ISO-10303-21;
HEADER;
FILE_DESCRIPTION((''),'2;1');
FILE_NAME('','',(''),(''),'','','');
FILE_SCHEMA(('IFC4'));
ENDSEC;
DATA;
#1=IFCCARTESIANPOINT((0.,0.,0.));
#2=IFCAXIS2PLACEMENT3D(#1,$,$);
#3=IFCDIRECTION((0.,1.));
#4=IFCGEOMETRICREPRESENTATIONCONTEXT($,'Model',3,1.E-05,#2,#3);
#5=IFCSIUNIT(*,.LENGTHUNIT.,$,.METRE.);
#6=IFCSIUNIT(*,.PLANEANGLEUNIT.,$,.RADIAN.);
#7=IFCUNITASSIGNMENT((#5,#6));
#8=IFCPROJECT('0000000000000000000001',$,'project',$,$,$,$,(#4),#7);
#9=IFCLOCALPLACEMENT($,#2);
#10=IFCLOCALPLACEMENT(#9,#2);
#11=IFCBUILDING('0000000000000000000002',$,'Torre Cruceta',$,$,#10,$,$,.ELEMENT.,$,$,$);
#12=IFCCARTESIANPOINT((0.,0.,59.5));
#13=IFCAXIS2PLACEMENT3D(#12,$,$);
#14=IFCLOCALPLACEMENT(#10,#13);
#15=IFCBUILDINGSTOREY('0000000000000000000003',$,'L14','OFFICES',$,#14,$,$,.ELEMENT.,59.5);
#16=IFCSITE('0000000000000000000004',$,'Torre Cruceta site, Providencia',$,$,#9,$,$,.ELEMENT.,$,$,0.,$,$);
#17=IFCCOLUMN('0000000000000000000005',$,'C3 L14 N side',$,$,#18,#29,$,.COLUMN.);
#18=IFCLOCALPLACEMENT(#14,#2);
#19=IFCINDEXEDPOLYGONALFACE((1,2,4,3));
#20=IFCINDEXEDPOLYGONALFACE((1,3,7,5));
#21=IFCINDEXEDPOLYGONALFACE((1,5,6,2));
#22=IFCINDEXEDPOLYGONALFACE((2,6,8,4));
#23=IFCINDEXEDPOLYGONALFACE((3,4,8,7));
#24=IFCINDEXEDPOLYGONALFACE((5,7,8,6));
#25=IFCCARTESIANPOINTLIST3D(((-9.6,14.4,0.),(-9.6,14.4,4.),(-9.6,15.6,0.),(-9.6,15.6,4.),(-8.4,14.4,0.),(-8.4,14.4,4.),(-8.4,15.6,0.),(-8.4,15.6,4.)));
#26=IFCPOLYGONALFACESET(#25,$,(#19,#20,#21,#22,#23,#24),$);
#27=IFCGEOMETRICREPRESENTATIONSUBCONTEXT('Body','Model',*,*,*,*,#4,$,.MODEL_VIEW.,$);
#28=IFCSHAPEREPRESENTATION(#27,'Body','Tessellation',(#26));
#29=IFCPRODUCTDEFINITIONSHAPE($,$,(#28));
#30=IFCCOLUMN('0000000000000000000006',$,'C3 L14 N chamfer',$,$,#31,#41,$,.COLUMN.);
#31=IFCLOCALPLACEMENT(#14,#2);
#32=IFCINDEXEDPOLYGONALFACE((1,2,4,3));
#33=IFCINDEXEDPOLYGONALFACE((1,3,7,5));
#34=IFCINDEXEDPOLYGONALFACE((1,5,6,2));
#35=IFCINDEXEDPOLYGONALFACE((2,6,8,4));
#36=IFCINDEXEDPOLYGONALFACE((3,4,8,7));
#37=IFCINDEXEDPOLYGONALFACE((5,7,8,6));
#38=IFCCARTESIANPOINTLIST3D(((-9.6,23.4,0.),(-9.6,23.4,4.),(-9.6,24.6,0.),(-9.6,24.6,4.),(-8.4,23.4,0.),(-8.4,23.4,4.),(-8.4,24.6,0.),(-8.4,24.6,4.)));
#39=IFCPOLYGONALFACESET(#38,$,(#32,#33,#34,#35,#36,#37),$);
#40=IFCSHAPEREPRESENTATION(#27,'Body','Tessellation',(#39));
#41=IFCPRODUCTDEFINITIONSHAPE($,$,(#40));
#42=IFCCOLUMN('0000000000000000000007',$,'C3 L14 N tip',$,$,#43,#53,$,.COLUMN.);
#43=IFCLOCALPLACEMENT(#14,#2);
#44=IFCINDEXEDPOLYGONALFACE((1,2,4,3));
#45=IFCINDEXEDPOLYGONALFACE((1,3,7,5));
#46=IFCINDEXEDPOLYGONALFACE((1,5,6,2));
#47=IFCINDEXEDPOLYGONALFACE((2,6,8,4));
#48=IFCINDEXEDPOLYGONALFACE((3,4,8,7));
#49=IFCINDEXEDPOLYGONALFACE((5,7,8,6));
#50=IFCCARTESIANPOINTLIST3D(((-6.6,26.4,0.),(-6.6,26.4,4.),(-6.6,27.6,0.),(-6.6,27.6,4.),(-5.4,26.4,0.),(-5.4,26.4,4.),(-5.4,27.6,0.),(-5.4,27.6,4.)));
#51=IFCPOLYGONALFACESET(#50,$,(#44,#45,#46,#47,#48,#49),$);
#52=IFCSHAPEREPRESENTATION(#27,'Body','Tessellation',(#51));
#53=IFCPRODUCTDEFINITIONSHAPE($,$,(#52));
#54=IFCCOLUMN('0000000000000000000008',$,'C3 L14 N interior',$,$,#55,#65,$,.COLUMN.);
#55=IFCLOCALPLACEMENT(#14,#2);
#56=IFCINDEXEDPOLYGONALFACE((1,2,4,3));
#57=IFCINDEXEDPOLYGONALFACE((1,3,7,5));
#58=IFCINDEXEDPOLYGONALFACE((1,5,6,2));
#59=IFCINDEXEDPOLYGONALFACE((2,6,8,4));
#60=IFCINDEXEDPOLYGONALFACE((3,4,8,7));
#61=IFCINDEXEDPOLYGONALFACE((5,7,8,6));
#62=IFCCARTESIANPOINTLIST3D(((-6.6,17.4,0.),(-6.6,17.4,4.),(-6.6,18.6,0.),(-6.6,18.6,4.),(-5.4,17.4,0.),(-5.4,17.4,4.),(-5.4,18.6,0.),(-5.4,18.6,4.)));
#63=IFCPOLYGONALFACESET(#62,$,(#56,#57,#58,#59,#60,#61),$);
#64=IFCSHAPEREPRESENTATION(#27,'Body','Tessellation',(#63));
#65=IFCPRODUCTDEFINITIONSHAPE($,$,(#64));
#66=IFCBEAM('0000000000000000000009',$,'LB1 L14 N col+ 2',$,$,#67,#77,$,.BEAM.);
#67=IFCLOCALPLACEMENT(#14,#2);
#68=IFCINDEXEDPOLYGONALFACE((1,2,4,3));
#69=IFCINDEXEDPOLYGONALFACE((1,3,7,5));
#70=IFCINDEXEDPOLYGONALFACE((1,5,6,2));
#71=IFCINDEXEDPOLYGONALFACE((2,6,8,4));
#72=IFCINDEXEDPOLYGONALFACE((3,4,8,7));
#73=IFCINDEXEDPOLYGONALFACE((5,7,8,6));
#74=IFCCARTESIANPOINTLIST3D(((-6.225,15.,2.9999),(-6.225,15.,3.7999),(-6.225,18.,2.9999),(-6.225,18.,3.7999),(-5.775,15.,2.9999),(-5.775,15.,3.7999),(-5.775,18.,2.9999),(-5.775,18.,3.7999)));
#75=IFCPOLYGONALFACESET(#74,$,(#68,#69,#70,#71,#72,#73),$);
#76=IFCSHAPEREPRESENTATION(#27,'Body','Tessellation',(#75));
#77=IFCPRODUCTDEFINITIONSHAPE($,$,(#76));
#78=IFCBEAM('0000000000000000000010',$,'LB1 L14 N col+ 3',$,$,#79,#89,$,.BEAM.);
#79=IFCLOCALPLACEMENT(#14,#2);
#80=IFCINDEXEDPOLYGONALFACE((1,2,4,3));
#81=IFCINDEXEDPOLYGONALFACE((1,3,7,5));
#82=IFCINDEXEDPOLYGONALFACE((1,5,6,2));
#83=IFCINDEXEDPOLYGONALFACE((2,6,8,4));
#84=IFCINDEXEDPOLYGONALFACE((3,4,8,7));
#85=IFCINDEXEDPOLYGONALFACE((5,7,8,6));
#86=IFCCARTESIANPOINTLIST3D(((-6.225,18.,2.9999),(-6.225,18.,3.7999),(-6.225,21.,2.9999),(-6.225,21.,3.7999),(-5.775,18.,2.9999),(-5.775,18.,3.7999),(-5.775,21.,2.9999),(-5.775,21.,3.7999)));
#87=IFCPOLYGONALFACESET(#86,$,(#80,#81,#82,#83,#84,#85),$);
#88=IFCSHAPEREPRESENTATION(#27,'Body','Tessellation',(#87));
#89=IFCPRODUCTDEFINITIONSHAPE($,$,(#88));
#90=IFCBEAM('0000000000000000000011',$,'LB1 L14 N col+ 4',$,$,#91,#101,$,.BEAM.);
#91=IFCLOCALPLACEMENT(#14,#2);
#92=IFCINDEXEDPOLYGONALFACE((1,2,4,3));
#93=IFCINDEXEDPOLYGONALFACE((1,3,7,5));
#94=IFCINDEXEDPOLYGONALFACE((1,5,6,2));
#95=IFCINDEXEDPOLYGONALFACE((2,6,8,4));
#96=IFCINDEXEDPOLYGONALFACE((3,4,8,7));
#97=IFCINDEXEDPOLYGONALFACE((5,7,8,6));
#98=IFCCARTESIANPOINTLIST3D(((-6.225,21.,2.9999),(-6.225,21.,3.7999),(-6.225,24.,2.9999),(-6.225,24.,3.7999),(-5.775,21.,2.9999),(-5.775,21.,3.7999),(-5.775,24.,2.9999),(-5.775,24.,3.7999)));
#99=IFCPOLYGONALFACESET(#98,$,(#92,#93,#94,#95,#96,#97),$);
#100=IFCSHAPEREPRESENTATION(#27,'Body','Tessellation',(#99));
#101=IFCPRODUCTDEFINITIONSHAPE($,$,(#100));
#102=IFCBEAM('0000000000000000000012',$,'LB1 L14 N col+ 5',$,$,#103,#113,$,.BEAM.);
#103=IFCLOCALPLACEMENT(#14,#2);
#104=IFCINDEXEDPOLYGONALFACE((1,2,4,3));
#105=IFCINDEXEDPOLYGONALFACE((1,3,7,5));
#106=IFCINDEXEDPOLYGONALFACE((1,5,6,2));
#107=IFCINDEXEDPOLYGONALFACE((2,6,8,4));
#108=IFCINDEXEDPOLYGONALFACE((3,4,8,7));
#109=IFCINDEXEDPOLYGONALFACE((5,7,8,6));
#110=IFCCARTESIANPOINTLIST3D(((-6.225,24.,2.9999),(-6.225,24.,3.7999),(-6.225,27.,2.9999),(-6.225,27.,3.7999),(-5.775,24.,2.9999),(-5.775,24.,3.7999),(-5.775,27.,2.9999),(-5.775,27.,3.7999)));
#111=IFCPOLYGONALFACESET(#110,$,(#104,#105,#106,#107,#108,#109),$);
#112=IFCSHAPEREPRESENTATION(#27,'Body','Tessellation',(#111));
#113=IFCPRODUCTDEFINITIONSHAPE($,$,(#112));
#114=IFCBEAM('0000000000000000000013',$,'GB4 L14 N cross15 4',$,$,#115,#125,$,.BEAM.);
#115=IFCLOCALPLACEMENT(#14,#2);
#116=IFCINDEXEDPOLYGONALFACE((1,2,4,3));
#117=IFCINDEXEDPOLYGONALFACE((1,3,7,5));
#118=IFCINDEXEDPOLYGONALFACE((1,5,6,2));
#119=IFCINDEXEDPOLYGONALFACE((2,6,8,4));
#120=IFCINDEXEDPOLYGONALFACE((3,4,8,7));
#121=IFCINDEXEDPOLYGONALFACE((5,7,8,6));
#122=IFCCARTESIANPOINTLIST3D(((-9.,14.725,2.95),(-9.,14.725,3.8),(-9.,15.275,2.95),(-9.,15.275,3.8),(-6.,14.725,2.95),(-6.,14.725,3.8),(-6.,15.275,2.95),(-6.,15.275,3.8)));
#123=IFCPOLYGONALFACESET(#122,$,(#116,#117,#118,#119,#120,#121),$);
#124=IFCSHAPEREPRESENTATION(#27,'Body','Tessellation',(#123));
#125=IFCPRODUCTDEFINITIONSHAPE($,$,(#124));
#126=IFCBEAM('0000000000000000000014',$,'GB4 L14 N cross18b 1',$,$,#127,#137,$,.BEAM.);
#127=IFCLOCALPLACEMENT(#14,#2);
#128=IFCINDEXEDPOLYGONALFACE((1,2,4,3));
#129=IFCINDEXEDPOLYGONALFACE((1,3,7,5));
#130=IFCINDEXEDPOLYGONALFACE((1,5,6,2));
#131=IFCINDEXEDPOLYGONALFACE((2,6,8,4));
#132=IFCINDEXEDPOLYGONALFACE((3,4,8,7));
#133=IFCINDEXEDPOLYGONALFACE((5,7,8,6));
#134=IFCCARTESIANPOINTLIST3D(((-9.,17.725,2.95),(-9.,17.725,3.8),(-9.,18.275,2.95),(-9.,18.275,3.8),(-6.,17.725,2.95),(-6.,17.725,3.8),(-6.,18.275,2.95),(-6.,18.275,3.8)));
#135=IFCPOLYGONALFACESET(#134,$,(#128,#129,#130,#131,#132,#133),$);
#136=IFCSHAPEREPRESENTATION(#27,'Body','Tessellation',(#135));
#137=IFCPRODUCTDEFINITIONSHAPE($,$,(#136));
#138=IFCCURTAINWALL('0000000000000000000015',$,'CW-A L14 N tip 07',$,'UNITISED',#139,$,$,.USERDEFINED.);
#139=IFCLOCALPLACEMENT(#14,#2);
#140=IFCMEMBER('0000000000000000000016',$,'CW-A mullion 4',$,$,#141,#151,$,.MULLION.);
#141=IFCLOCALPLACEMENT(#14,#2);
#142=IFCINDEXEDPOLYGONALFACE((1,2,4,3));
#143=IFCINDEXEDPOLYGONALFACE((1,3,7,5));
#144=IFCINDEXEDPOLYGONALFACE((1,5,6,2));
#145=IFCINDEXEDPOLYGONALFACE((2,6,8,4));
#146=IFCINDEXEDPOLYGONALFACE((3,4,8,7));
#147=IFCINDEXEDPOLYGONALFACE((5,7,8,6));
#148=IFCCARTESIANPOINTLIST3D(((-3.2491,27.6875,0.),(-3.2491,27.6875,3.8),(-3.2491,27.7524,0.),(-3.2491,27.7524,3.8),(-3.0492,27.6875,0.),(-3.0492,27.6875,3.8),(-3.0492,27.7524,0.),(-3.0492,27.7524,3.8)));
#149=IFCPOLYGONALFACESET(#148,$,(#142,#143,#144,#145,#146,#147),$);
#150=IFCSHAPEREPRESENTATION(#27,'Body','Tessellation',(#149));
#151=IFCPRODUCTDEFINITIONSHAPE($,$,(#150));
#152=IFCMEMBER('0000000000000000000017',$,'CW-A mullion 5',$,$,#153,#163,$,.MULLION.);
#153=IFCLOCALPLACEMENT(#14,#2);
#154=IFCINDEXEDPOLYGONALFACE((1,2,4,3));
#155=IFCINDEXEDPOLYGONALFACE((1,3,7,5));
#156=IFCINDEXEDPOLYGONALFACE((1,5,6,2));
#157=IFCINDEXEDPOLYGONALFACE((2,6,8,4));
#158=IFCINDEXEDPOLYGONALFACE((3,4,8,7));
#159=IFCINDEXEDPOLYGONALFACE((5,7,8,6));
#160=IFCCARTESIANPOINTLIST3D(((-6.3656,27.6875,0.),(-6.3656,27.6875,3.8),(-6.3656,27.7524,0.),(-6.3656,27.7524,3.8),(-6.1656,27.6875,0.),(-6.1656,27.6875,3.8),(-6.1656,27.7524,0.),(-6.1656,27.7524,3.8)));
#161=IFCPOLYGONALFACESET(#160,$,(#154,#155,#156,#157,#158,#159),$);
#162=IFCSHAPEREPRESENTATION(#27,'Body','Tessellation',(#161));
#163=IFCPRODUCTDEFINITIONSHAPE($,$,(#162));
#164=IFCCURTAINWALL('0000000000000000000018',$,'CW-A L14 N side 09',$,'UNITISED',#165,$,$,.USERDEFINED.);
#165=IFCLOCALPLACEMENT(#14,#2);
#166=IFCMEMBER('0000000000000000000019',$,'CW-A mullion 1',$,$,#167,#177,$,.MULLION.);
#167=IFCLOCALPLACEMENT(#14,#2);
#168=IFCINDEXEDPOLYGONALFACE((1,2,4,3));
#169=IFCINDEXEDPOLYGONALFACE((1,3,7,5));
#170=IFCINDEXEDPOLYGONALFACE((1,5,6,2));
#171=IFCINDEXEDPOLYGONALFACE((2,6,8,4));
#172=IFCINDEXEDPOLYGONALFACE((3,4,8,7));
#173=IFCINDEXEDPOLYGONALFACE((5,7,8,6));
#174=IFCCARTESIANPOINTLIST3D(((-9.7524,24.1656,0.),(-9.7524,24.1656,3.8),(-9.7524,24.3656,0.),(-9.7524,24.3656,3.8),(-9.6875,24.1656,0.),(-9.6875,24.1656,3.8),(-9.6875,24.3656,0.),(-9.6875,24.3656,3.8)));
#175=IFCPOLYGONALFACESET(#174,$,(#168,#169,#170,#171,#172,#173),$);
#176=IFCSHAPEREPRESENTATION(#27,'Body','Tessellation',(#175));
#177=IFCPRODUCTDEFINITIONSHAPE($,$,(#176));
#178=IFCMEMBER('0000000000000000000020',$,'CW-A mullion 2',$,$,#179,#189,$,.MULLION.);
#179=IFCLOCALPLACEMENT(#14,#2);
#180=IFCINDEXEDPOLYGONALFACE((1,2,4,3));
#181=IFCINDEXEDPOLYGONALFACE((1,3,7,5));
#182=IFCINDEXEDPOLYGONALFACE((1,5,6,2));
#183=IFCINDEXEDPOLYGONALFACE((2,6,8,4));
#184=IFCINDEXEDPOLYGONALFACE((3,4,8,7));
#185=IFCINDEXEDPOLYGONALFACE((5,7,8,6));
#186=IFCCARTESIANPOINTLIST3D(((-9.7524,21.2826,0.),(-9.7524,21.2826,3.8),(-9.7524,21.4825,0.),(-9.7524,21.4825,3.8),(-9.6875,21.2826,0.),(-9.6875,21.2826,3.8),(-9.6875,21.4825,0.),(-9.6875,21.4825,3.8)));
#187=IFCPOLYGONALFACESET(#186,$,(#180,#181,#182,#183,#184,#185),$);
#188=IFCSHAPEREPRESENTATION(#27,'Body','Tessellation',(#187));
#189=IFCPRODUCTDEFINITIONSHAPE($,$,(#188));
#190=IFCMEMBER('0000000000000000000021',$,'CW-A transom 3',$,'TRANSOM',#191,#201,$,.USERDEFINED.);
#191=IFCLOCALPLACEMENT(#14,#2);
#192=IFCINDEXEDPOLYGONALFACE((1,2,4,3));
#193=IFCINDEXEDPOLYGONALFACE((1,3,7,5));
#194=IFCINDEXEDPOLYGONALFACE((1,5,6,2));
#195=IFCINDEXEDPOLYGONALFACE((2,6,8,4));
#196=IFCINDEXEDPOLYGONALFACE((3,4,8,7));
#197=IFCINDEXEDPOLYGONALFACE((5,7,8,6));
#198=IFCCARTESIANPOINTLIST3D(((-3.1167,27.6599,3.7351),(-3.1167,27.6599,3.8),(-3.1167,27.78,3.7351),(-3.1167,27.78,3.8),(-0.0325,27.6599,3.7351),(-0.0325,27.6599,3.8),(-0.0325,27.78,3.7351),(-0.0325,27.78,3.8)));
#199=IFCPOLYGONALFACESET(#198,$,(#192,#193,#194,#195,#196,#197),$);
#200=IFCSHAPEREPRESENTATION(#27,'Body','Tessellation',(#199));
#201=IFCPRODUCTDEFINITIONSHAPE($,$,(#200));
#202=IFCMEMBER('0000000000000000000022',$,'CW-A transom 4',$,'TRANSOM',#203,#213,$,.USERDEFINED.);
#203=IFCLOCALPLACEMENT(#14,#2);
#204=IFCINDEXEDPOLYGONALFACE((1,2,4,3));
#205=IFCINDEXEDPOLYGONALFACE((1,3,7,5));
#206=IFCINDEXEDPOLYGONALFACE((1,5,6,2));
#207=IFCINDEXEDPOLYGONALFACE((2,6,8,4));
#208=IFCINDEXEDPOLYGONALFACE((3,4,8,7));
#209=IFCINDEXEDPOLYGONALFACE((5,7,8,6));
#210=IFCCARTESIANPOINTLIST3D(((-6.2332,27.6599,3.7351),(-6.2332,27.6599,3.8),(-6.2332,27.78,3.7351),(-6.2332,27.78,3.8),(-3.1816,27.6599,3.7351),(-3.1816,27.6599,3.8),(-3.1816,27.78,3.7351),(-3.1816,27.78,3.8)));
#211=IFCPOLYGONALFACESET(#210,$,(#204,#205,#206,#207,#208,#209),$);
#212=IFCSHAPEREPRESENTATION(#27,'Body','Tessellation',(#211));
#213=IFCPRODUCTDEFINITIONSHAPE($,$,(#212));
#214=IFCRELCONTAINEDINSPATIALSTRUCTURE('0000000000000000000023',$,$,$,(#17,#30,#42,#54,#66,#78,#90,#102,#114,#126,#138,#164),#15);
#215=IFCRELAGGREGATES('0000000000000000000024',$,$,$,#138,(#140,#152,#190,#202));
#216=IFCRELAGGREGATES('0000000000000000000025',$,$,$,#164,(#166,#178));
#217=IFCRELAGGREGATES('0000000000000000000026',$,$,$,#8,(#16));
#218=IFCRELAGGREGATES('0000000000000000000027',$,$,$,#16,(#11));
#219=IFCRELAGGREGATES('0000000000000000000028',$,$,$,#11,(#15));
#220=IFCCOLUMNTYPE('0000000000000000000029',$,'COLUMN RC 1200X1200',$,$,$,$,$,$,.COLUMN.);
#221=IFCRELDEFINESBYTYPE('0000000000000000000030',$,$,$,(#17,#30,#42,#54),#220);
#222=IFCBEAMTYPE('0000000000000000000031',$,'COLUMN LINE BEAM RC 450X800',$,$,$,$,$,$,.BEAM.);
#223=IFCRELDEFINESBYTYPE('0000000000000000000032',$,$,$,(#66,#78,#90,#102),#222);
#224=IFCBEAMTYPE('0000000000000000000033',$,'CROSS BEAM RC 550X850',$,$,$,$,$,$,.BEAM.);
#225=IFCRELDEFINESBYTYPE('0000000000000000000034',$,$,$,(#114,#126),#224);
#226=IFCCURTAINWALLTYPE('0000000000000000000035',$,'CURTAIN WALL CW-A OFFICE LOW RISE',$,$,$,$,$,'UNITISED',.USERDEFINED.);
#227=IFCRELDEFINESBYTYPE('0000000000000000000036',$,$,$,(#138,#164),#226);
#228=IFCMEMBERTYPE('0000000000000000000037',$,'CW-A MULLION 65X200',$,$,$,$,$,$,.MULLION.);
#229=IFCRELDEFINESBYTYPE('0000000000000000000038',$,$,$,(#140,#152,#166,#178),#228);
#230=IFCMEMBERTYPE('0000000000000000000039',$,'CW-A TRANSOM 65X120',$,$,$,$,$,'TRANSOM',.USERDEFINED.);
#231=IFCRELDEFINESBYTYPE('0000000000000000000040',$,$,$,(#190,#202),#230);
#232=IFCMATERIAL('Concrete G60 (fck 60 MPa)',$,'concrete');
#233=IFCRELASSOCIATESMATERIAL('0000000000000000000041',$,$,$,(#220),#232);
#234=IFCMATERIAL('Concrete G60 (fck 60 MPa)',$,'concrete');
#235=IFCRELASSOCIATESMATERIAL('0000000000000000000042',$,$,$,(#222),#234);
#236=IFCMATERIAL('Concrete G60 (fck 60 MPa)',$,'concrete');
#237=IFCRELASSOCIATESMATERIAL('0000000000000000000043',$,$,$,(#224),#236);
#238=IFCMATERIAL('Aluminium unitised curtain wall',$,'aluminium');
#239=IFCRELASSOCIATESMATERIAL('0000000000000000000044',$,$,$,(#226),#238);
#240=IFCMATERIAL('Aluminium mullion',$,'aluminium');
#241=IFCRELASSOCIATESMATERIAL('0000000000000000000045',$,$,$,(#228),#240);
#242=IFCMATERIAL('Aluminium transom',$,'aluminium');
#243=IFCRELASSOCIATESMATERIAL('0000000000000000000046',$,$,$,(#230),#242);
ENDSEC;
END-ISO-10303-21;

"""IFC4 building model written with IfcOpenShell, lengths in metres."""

from ifc_helpers import new_model, si_unit, direction, frame, origin, origin_2d, place, context, subcontext, project, spatial, rectangle, extrude, material, material_profile, profile_set, type_object, element, aggregate, save


model = new_model("IFC4")

# Units and contexts
model_context = context("Model", 3, precision=1e-05, world=origin(), true_north=direction((0.0, 1.0)))
body_context = subcontext(model_context, "Body", "Model", "MODEL_VIEW")
ifc_project = project(units=[si_unit("LENGTHUNIT", "METRE"), si_unit("PLANEANGLEUNIT", "RADIAN")], contexts=[model_context])

# Site, building, storey
site_placement = place(None, origin())
site = spatial("IfcSite", under=ifc_project, at=site_placement, Name="Torre Cruceta site, Providencia", CompositionType="ELEMENT", RefElevation=0.0)
building_placement = place(site_placement, origin())
building = spatial("IfcBuilding", under=site, at=building_placement, Name="Torre Cruceta", CompositionType="ELEMENT")
storey_placement = place(building_placement, frame((0.0, 0.0, 59.5)))
storey = spatial("IfcBuildingStorey", under=building, at=storey_placement, Name="L14", Description="OFFICES", CompositionType="ELEMENT", Elevation=59.5)

# Columns
ifc_material_1 = material(Name="Concrete G60 (fck 60 MPa)", Category="concrete")
ifc_material_profile_1 = material_profile(ifc_material_1, rectangle(XDim=1.2, YDim=1.2, at=origin_2d()), Name="RC 1200X1200")
ifc_profile_set_1 = profile_set([ifc_material_profile_1], Name="Concrete G60 (fck 60 MPa)")
column_type = type_object("IfcColumnType", Name="COLUMN RC 1200X1200", PredefinedType="COLUMN", material=ifc_profile_set_1)
for number, where, z_axis, x_axis, name in (
    (1, (-9.0, 15.0, 0.0), (0.0, 0.0, 1.0), (1.0, 0.0, 0.0), "C3 L14 N side"),
    (2, (-9.0, 24.0, 0.0), (0.0, 0.0, 1.0), (1.0, 0.0, 0.0), "C3 L14 N chamfer"),
    (3, (-6.0, 27.0, 0.0), (0.0, 0.0, 1.0), (1.0, 0.0, 0.0), "C3 L14 N tip"),
    (4, (-6.0, 18.0, 0.0), (0.0, 0.0, 1.0), (1.0, 0.0, 0.0), "C3 L14 N interior"),
):
    element("IfcColumn", number, at=place(storey_placement, frame(where, z_axis=z_axis, x_axis=x_axis)), inside=storey, type_object=column_type, Name=name, PredefinedType="COLUMN", context=body_context, shape_type="SweptSolid", body=[
        extrude(rectangle(XDim=1.2, YDim=1.2, at=origin_2d()), origin(), (0.0, 0.0, 1.0), 4.0),
    ])

# Beams
ifc_material_2 = material(Name="Concrete G60 (fck 60 MPa)", Category="concrete")
ifc_material_profile_2 = material_profile(ifc_material_2, rectangle(XDim=0.45, YDim=0.8, at=origin_2d()), Name="RC 450X800")
ifc_profile_set_2 = profile_set([ifc_material_profile_2], Name="Concrete G60 (fck 60 MPa)")
beam_type_1 = type_object("IfcBeamType", Name="COLUMN LINE BEAM RC 450X800", PredefinedType="BEAM", material=ifc_profile_set_2)
for number, where, z_axis, x_axis, name in (
    (5, (-6.0, 15.0, 3.3999), (0.0, 1.0, 0.0), (-1.0, 0.0, 0.0), "LB1 L14 N col+ 2"),
    (6, (-6.0, 18.0, 3.3999), (0.0, 1.0, 0.0), (-1.0, 0.0, 0.0), "LB1 L14 N col+ 3"),
    (7, (-6.0, 21.0, 3.3999), (0.0, 1.0, 0.0), (-1.0, 0.0, 0.0), "LB1 L14 N col+ 4"),
    (8, (-6.0, 24.0, 3.3999), (0.0, 1.0, 0.0), (-1.0, 0.0, 0.0), "LB1 L14 N col+ 5"),
):
    element("IfcBeam", number, at=place(storey_placement, frame(where, z_axis=z_axis, x_axis=x_axis)), inside=storey, type_object=beam_type_1, Name=name, PredefinedType="BEAM", context=body_context, shape_type="SweptSolid", body=[
        extrude(rectangle(XDim=0.45, YDim=0.8, at=origin_2d()), origin(), (0.0, 0.0, 1.0), 3.0),
    ])
ifc_material_3 = material(Name="Concrete G60 (fck 60 MPa)", Category="concrete")
ifc_material_profile_3 = material_profile(ifc_material_3, rectangle(XDim=0.55, YDim=0.8501, at=origin_2d()), Name="RC 550X850")
ifc_profile_set_3 = profile_set([ifc_material_profile_3], Name="Concrete G60 (fck 60 MPa)")
beam_type_2 = type_object("IfcBeamType", Name="CROSS BEAM RC 550X850", PredefinedType="BEAM", material=ifc_profile_set_3)
for number, where, z_axis, x_axis, name in (
    (9, (-6.0, 15.0, 3.375), (-1.0, 0.0, 0.0), (0.0, -1.0, 0.0), "GB4 L14 N cross15 4"),
    (10, (-6.0, 18.0, 3.375), (-1.0, 0.0, 0.0), (0.0, -1.0, 0.0), "GB4 L14 N cross18b 1"),
):
    element("IfcBeam", number, at=place(storey_placement, frame(where, z_axis=z_axis, x_axis=x_axis)), inside=storey, type_object=beam_type_2, Name=name, PredefinedType="BEAM", context=body_context, shape_type="SweptSolid", body=[
        extrude(rectangle(XDim=0.55, YDim=0.8501, at=origin_2d()), origin(), (0.0, 0.0, 1.0), 3.0),
    ])

# Curtain walls, members
ifc_material_4 = material(Name="Aluminium unitised curtain wall", Category="aluminium")
curtain_wall_type = type_object("IfcCurtainWallType", Name="CURTAIN WALL CW-A OFFICE LOW RISE", ElementType="UNITISED", PredefinedType="USERDEFINED", material=ifc_material_4)
curtain_wall_1_placement = place(storey_placement, origin())
curtain_wall_1 = element("IfcCurtainWall", 11, at=curtain_wall_1_placement, inside=storey, type_object=curtain_wall_type, Name="CW-A L14 N tip 07", ObjectType="UNITISED", PredefinedType="USERDEFINED")
ifc_material_5 = material(Name="Aluminium mullion", Category="aluminium")
ifc_material_profile_4 = material_profile(ifc_material_5, rectangle(XDim=0.0649, YDim=0.2, at=origin_2d()), Name="AL 65X200")
ifc_profile_set_4 = profile_set([ifc_material_profile_4], Name="Aluminium mullion")
member_type_1 = type_object("IfcMemberType", Name="CW-A MULLION 65X200", PredefinedType="MULLION", material=ifc_profile_set_4)
member_1_placement = place(storey_placement, frame((-3.1492, 27.72, 0.0), z_axis=(0.0, 0.0, 1.0), x_axis=(0.0, -1.0, 0.0)))
member_1 = element("IfcMember", 12, at=member_1_placement, type_object=member_type_1, Name="CW-A mullion 4", PredefinedType="MULLION", context=body_context, shape_type="SweptSolid", body=[
    extrude(rectangle(XDim=0.0649, YDim=0.2, at=origin_2d()), origin(), (0.0, 0.0, 1.0), 3.8),
])
member_2_placement = place(storey_placement, frame((-6.2656, 27.72, 0.0), z_axis=(0.0, 0.0, 1.0), x_axis=(0.0, -1.0, 0.0)))
member_2 = element("IfcMember", 13, at=member_2_placement, type_object=member_type_1, Name="CW-A mullion 5", PredefinedType="MULLION", context=body_context, shape_type="SweptSolid", body=[
    extrude(rectangle(XDim=0.0649, YDim=0.2, at=origin_2d()), origin(), (0.0, 0.0, 1.0), 3.8),
])
curtain_wall_2_placement = place(storey_placement, origin())
curtain_wall_2 = element("IfcCurtainWall", 14, at=curtain_wall_2_placement, inside=storey, type_object=curtain_wall_type, Name="CW-A L14 N side 09", ObjectType="UNITISED", PredefinedType="USERDEFINED")
member_3_placement = place(storey_placement, frame((-9.72, 24.2656, 0.0), z_axis=(0.0, 0.0, 1.0), x_axis=(1.0, 0.0, 0.0)))
member_3 = element("IfcMember", 15, at=member_3_placement, type_object=member_type_1, Name="CW-A mullion 1", PredefinedType="MULLION", context=body_context, shape_type="SweptSolid", body=[
    extrude(rectangle(XDim=0.0649, YDim=0.2, at=origin_2d()), origin(), (0.0, 0.0, 1.0), 3.8),
])
member_4_placement = place(storey_placement, frame((-9.72, 21.3826, 0.0), z_axis=(0.0, 0.0, 1.0), x_axis=(1.0, 0.0, 0.0)))
member_4 = element("IfcMember", 16, at=member_4_placement, type_object=member_type_1, Name="CW-A mullion 2", PredefinedType="MULLION", context=body_context, shape_type="SweptSolid", body=[
    extrude(rectangle(XDim=0.0649, YDim=0.2, at=origin_2d()), origin(), (0.0, 0.0, 1.0), 3.8),
])

# Members
ifc_material_6 = material(Name="Aluminium transom", Category="aluminium")
ifc_material_profile_5 = material_profile(ifc_material_6, rectangle(XDim=0.1201, YDim=0.0649, at=origin_2d()), Name="AL 120X65")
ifc_profile_set_5 = profile_set([ifc_material_profile_5], Name="Aluminium transom")
member_type_2 = type_object("IfcMemberType", Name="CW-A TRANSOM 65X120", ElementType="TRANSOM", PredefinedType="USERDEFINED", material=ifc_profile_set_5)
member_5_placement = place(storey_placement, frame((-0.0325, 27.72, 3.7676), z_axis=(-1.0, 0.0, 0.0), x_axis=(0.0, -1.0, 0.0)))
member_5 = element("IfcMember", 17, at=member_5_placement, type_object=member_type_2, Name="CW-A transom 3", ObjectType="TRANSOM", PredefinedType="USERDEFINED", context=body_context, shape_type="SweptSolid", body=[
    extrude(rectangle(XDim=0.1201, YDim=0.0649, at=origin_2d()), origin(), (0.0, 0.0, 1.0), 3.0842),
])
member_6_placement = place(storey_placement, frame((-3.1816, 27.72, 3.7676), z_axis=(-1.0, 0.0, 0.0), x_axis=(0.0, -1.0, 0.0)))
member_6 = element("IfcMember", 18, at=member_6_placement, type_object=member_type_2, Name="CW-A transom 4", ObjectType="TRANSOM", PredefinedType="USERDEFINED", context=body_context, shape_type="SweptSolid", body=[
    extrude(rectangle(XDim=0.1201, YDim=0.0649, at=origin_2d()), origin(), (0.0, 0.0, 1.0), 3.0515),
])

aggregate(curtain_wall_1, [member_1, member_2, member_5, member_6])
aggregate(curtain_wall_2, [member_3, member_4])

save(model, "model.ifc")
